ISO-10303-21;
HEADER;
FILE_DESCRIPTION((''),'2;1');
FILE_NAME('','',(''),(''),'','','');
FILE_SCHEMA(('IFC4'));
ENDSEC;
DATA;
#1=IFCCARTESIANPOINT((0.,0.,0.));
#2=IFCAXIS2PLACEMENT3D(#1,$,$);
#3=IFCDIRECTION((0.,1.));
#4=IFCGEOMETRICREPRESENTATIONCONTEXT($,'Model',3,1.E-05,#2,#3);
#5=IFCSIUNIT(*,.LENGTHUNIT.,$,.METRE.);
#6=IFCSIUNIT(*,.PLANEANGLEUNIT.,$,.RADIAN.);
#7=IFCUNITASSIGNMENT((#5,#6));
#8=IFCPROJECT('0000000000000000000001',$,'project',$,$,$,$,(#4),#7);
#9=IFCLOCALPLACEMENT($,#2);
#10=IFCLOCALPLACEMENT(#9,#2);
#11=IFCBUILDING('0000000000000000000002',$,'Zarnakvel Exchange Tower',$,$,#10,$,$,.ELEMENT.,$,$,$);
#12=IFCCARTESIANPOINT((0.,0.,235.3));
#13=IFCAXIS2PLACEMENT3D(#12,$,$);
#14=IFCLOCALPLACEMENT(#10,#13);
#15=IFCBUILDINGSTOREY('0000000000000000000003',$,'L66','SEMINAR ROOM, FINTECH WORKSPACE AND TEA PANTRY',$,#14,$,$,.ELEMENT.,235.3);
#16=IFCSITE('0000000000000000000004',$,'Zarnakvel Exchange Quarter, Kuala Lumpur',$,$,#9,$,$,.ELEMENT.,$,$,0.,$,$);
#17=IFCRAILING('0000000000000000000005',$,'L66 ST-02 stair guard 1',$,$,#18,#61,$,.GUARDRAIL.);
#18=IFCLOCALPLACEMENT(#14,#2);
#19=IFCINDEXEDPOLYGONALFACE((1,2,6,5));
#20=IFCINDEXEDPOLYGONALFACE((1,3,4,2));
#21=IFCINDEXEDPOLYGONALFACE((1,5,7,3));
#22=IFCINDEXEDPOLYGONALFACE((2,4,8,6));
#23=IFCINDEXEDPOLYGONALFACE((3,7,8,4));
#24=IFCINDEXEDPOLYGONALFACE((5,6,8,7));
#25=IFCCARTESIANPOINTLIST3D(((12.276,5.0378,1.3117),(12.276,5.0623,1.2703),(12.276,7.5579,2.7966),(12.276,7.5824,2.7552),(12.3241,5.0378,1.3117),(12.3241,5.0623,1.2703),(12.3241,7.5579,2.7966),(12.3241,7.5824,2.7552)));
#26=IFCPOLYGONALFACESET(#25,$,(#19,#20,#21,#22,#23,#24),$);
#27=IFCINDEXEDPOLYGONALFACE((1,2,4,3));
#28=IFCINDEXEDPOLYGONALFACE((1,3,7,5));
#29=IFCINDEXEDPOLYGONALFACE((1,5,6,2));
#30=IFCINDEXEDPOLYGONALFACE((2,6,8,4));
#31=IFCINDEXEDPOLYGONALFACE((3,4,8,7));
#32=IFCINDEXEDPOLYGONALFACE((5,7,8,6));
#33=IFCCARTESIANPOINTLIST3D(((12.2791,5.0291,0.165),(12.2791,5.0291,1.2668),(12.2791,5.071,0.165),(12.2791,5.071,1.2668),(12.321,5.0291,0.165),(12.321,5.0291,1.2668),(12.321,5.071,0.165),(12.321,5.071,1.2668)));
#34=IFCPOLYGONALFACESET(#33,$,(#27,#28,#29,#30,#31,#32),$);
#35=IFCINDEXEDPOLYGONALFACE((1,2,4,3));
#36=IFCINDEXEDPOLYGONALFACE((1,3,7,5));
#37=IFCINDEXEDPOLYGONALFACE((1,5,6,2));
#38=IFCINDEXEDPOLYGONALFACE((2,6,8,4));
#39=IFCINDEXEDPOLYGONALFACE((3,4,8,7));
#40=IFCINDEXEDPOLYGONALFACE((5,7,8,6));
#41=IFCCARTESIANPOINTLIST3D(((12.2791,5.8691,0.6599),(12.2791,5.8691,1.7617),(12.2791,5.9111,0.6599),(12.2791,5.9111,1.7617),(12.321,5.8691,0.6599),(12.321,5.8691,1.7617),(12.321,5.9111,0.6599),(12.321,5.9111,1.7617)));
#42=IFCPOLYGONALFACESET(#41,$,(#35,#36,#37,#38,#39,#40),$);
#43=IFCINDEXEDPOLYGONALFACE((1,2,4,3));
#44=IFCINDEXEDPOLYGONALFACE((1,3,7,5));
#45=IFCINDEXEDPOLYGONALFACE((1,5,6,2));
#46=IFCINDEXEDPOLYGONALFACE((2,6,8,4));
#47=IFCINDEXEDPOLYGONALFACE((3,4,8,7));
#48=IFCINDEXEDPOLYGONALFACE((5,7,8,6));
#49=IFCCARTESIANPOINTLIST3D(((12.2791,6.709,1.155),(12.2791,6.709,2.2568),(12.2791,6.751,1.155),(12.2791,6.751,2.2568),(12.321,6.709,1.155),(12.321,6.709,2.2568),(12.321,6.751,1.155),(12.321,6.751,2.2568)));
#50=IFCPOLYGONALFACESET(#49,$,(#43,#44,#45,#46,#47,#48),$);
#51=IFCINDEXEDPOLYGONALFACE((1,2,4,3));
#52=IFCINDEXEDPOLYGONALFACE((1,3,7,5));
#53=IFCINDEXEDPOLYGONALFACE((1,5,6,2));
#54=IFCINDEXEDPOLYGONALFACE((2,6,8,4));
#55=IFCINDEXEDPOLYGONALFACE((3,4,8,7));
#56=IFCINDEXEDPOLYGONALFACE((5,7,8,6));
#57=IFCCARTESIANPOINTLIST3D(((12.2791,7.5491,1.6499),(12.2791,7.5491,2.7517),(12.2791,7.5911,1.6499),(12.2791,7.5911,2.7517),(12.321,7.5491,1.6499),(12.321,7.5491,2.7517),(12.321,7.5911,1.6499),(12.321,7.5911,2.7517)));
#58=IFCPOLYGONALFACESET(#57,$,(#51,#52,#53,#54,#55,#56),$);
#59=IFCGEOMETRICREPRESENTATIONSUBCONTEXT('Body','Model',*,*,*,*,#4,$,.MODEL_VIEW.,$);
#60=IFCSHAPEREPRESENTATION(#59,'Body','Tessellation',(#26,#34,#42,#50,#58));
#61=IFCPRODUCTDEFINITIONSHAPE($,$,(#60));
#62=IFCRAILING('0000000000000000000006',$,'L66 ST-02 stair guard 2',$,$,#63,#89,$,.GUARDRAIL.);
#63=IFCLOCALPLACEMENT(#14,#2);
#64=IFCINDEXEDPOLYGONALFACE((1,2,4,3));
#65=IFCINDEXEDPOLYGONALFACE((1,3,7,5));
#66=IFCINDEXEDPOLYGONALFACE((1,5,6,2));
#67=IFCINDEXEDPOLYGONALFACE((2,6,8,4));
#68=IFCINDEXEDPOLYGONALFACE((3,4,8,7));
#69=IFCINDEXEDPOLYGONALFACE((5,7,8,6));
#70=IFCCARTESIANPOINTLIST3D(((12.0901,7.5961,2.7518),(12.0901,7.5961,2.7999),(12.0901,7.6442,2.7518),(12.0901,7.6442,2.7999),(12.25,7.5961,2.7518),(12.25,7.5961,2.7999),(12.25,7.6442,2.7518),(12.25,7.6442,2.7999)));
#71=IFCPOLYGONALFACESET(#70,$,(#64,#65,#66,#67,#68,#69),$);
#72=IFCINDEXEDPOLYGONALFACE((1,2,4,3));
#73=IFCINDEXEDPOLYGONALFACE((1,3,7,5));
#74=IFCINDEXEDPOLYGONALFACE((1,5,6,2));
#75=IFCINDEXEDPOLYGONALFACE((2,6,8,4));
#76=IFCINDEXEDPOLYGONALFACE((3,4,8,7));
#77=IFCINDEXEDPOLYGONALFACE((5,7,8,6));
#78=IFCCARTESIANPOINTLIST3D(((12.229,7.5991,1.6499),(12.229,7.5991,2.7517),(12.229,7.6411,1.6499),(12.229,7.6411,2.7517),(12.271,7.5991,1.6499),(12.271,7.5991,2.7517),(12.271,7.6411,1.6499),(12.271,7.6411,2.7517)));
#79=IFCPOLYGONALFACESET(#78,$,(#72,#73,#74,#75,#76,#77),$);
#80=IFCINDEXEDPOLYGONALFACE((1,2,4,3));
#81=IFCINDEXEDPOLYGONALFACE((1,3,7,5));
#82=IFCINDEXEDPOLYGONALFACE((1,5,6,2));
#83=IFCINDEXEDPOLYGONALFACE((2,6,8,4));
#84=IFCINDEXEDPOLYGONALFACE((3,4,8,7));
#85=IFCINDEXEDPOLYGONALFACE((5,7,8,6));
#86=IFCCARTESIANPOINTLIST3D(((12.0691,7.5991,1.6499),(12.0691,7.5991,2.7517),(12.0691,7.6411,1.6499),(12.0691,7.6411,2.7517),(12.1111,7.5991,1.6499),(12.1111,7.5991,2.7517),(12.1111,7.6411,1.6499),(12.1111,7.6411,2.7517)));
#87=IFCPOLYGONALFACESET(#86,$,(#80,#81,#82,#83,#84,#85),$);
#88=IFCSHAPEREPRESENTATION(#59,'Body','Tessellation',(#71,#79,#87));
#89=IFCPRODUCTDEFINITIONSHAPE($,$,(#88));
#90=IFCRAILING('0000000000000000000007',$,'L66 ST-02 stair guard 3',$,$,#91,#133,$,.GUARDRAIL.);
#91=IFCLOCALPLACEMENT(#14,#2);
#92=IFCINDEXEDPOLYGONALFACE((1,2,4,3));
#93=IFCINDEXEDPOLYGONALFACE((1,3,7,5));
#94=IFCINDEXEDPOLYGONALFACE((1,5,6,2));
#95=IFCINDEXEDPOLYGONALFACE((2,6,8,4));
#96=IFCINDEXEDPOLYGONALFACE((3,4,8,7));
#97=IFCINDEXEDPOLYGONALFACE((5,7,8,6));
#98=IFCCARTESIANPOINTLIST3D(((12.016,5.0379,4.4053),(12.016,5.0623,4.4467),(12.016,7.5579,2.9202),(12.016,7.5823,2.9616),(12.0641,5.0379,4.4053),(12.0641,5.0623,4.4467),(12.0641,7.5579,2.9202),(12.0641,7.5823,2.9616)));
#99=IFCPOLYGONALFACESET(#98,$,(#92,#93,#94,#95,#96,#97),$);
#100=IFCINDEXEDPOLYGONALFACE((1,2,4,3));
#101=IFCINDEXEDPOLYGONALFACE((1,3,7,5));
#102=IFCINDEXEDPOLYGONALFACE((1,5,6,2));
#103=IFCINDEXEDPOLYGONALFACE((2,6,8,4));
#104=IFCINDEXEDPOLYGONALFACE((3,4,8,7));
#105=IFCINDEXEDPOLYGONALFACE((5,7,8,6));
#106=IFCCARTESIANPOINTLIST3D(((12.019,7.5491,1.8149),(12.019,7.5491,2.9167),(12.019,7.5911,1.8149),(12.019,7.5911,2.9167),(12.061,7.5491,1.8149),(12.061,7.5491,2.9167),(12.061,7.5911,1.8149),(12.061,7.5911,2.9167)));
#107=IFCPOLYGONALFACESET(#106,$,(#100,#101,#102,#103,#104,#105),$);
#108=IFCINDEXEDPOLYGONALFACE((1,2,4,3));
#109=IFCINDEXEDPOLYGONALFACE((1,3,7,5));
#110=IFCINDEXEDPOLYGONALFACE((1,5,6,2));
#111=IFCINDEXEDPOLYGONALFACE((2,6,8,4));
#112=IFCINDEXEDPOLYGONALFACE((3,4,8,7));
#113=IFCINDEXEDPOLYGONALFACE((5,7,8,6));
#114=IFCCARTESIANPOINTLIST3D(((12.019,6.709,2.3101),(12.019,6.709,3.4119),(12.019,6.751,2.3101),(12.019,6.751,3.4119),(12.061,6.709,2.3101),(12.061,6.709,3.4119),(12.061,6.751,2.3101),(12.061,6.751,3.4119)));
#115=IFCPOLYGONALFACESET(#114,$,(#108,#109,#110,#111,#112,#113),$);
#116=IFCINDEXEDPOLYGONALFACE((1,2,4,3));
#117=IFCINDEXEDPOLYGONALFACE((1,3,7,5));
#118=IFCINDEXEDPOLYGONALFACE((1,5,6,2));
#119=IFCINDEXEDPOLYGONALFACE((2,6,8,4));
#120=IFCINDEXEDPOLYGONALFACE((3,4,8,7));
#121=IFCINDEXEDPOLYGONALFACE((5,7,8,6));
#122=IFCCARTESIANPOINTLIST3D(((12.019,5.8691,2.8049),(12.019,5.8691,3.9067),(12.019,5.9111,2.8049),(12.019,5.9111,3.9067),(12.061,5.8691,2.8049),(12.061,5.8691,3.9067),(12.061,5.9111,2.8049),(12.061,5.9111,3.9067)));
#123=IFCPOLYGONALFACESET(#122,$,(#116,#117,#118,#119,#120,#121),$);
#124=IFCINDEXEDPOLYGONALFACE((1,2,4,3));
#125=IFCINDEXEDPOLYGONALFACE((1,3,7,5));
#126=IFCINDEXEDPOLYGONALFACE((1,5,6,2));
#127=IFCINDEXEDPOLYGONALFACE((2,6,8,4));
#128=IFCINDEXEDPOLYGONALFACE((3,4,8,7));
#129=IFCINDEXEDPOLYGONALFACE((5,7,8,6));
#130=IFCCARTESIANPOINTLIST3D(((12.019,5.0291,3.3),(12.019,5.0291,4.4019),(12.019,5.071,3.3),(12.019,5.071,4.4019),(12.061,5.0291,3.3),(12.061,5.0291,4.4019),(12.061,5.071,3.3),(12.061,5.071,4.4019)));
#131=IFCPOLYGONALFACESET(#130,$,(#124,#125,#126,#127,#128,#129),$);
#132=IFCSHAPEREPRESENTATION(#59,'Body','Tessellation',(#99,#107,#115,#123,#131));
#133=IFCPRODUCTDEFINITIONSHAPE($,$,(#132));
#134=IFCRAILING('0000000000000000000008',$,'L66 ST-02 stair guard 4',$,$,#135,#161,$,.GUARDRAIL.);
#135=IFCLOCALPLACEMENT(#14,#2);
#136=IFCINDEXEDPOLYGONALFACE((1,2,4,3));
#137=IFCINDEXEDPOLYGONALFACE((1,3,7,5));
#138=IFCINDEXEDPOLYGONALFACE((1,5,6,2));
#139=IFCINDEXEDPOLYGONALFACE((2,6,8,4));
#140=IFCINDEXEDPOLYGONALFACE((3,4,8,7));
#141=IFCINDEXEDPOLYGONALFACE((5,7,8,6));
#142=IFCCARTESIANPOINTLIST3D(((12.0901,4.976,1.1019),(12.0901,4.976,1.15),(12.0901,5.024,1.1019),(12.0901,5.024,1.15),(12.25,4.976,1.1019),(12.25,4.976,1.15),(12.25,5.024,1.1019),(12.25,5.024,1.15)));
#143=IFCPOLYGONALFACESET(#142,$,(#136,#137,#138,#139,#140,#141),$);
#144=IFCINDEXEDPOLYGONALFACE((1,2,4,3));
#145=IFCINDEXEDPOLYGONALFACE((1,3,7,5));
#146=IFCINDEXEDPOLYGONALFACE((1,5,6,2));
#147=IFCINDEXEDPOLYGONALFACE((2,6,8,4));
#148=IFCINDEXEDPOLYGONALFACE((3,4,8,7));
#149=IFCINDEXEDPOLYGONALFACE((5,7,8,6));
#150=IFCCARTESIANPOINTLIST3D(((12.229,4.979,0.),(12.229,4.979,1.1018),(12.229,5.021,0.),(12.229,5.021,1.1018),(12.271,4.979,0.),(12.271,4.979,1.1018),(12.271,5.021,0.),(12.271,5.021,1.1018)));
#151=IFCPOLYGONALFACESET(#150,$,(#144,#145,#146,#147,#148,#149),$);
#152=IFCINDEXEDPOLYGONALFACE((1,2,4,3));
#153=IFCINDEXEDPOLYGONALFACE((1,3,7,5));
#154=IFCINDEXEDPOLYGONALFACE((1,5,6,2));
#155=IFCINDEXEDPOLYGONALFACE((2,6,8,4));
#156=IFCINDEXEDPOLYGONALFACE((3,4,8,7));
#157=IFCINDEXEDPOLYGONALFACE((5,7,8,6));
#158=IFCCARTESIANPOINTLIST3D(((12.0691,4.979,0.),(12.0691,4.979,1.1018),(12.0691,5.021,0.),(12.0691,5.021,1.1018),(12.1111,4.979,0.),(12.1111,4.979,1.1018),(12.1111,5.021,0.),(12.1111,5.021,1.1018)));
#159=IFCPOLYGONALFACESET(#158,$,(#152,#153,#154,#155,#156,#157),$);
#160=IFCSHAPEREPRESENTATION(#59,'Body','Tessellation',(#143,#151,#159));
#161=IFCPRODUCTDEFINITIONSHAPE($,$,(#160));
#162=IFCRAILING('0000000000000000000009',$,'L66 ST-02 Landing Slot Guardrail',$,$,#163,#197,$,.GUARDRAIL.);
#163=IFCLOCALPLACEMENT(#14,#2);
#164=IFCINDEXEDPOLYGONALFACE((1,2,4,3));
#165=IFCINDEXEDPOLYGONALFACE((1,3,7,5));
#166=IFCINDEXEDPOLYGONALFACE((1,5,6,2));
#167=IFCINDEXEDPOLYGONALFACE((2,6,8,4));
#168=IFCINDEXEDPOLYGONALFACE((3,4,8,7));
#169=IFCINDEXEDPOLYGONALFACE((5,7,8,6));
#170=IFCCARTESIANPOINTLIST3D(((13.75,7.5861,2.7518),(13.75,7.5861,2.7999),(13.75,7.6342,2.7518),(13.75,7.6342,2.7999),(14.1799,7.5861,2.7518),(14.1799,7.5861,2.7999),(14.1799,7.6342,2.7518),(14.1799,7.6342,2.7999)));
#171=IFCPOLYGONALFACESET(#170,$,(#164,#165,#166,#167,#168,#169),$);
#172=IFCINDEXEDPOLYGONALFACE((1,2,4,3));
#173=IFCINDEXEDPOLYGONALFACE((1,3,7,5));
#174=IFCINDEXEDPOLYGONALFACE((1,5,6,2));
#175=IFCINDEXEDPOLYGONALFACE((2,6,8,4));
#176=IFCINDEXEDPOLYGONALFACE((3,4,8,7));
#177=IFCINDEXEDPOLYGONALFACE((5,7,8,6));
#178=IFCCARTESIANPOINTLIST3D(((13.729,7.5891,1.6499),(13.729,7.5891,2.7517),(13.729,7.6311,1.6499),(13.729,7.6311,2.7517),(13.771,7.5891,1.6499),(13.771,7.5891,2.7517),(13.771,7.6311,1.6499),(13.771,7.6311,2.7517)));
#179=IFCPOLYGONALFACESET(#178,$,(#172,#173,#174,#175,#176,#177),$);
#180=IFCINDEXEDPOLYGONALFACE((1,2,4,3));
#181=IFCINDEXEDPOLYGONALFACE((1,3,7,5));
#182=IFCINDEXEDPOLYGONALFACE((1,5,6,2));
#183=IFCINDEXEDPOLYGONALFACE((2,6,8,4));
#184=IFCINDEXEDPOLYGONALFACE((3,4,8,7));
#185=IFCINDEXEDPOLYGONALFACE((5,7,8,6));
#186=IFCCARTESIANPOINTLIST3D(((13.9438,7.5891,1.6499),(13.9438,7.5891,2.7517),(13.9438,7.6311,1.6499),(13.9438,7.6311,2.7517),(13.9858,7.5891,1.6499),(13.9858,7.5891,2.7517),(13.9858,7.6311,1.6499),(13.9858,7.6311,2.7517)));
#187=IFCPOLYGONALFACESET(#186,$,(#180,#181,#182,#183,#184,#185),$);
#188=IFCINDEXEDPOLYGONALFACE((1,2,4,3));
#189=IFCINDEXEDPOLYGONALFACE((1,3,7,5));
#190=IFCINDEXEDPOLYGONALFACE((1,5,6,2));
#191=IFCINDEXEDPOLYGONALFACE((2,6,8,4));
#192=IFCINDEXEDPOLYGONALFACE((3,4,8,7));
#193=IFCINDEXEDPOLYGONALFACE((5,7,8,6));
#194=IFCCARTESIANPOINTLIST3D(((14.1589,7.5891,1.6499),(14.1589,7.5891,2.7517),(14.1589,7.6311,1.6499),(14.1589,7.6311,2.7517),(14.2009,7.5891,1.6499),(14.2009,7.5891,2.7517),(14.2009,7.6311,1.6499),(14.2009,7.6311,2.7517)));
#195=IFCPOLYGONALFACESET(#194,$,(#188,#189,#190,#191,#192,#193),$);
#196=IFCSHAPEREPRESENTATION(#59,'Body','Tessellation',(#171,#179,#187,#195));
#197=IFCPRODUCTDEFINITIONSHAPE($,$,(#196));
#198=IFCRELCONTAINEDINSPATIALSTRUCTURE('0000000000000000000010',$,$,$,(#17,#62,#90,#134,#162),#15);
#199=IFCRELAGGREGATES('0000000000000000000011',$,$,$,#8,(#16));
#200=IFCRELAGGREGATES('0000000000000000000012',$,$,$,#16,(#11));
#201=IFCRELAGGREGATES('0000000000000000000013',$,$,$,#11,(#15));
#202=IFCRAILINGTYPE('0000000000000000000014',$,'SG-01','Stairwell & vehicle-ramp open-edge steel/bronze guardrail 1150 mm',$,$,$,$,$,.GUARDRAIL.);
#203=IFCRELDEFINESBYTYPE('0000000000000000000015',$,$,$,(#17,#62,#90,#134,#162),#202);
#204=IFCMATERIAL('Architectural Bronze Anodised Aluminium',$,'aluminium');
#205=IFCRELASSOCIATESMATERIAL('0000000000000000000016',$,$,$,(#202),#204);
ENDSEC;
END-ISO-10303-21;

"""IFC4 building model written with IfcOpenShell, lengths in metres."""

from ifc_helpers import new_model, si_unit, direction, frame, origin, origin_2d, place, context, subcontext, project, spatial, rectangle, extrude, material, type_object, element, save


model = new_model("IFC4")

# Units and contexts
model_context = context("Model", 3, precision=1e-05, world=origin(), true_north=direction((0.0, 1.0)))
body_context = subcontext(model_context, "Body", "Model", "MODEL_VIEW")
ifc_project = project(units=[si_unit("LENGTHUNIT", "METRE"), si_unit("PLANEANGLEUNIT", "RADIAN")], contexts=[model_context])

# Site, building, storey
site_placement = place(None, origin())
site = spatial("IfcSite", under=ifc_project, at=site_placement, Name="Zarnakvel Exchange Quarter, Kuala Lumpur", CompositionType="ELEMENT", RefElevation=0.0)
building_placement = place(site_placement, origin())
building = spatial("IfcBuilding", under=site, at=building_placement, Name="Zarnakvel Exchange Tower", CompositionType="ELEMENT")
storey_placement = place(building_placement, frame((0.0, 0.0, 235.3)))
storey = spatial("IfcBuildingStorey", under=building, at=storey_placement, Name="L66", Description="SEMINAR ROOM, FINTECH WORKSPACE AND TEA PANTRY", CompositionType="ELEMENT", Elevation=235.3)

# Shared definitions
ifc_material_1 = material(Name="Architectural Bronze Anodised Aluminium", Category="aluminium")

# Railings
railing_type_1 = type_object("IfcRailingType", Name="SG-01", Description="Stairwell & vehicle-ramp open-edge steel/bronze guardrail 1150 mm", PredefinedType="GUARDRAIL", material=ifc_material_1)
railing_1_placement = place(storey_placement, frame((12.3, 5.05, 0.165)))
element("IfcRailing", 1, at=railing_1_placement, inside=storey, type_object=railing_type_1, Name="L66 ST-02 stair guard 1", PredefinedType="GUARDRAIL", context=body_context, shape_type="SweptSolid", body=[
    extrude(rectangle(XDim=0.0481, YDim=0.0481, at=origin_2d()), frame((0.0, 0.0, 1.126), z_axis=(0.0, 0.861561, 0.507655), x_axis=(-1.0, 0.0, 0.0)), (0.0, 0.0, 1.0), 2.925),
    extrude(rectangle(XDim=0.042, YDim=0.042, at=origin_2d()), origin(), (0.0, 0.0, 1.0), 1.1018),
    extrude(rectangle(XDim=0.042, YDim=0.042, at=origin_2d()), frame((0.0, 0.8401, 0.4949)), (0.0, 0.0, 1.0), 1.1018),
    extrude(rectangle(XDim=0.042, YDim=0.042, at=origin_2d()), frame((0.0, 1.6799, 0.99)), (0.0, 0.0, 1.0), 1.1018),
    extrude(rectangle(XDim=0.042, YDim=0.042, at=origin_2d()), frame((0.0, 2.52, 1.4849)), (0.0, 0.0, 1.0), 1.1018),
])
railing_2_placement = place(storey_placement, frame((12.25, 7.6201, 1.6499)))
element("IfcRailing", 2, at=railing_2_placement, inside=storey, type_object=railing_type_1, Name="L66 ST-02 stair guard 2", PredefinedType="GUARDRAIL", context=body_context, shape_type="SweptSolid", body=[
    extrude(rectangle(XDim=0.0481, YDim=0.0481, at=origin_2d()), frame((0.0, 0.0, 1.126), z_axis=(-1.0, 0.0, 0.0), x_axis=(0.0, -1.0, 0.0)), (0.0, 0.0, 1.0), 0.1599),
    extrude(rectangle(XDim=0.042, YDim=0.042, at=origin_2d()), origin(), (0.0, 0.0, 1.0), 1.1018),
    extrude(rectangle(XDim=0.042, YDim=0.042, at=origin_2d()), frame((-0.1599, 0.0, 0.0)), (0.0, 0.0, 1.0), 1.1018),
])
railing_3_placement = place(storey_placement, frame((12.04, 7.5701, 1.8149)))
element("IfcRailing", 3, at=railing_3_placement, inside=storey, type_object=railing_type_1, Name="L66 ST-02 stair guard 3", PredefinedType="GUARDRAIL", context=body_context, shape_type="SweptSolid", body=[
    extrude(rectangle(XDim=0.0481, YDim=0.0481, at=origin_2d()), frame((0.0, 0.0, 1.126), z_axis=(0.0, -0.861524, 0.507717), x_axis=(1.0, 0.0, 0.0)), (0.0, 0.0, 1.0), 2.925),
    extrude(rectangle(XDim=0.042, YDim=0.042, at=origin_2d()), origin(), (0.0, 0.0, 1.0), 1.1018),
    extrude(rectangle(XDim=0.042, YDim=0.042, at=origin_2d()), frame((0.0, -0.8401, 0.4951)), (0.0, 0.0, 1.0), 1.1018),
    extrude(rectangle(XDim=0.042, YDim=0.042, at=origin_2d()), frame((0.0, -1.6799, 0.99)), (0.0, 0.0, 1.0), 1.1018),
    extrude(rectangle(XDim=0.042, YDim=0.042, at=origin_2d()), frame((0.0, -2.52, 1.4851)), (0.0, 0.0, 1.0), 1.1018),
])
railing_4_placement = place(storey_placement, frame((12.25, 5.0, 0.0)))
element("IfcRailing", 4, at=railing_4_placement, inside=storey, type_object=railing_type_1, Name="L66 ST-02 stair guard 4", PredefinedType="GUARDRAIL", context=body_context, shape_type="SweptSolid", body=[
    extrude(rectangle(XDim=0.0481, YDim=0.0481, at=origin_2d()), frame((0.0, 0.0, 1.126), z_axis=(-1.0, 0.0, 0.0), x_axis=(0.0, -1.0, 0.0)), (0.0, 0.0, 1.0), 0.1599),
    extrude(rectangle(XDim=0.042, YDim=0.042, at=origin_2d()), origin(), (0.0, 0.0, 1.0), 1.1018),
    extrude(rectangle(XDim=0.042, YDim=0.042, at=origin_2d()), frame((-0.1599, 0.0, 0.0)), (0.0, 0.0, 1.0), 1.1018),
])
railing_5_placement = place(storey_placement, frame((13.75, 7.6101, 1.6499)))
element("IfcRailing", 5, at=railing_5_placement, inside=storey, type_object=railing_type_1, Name="L66 ST-02 Landing Slot Guardrail", PredefinedType="GUARDRAIL", context=body_context, shape_type="SweptSolid", body=[
    extrude(rectangle(XDim=0.0481, YDim=0.0481, at=origin_2d()), frame((0.0, 0.0, 1.126), z_axis=(1.0, 0.0, 0.0), x_axis=(0.0, 1.0, 0.0)), (0.0, 0.0, 1.0), 0.4299),
    extrude(rectangle(XDim=0.042, YDim=0.042, at=origin_2d()), origin(), (0.0, 0.0, 1.0), 1.1018),
    extrude(rectangle(XDim=0.042, YDim=0.042, at=origin_2d()), frame((0.2148, 0.0, 0.0)), (0.0, 0.0, 1.0), 1.1018),
    extrude(rectangle(XDim=0.042, YDim=0.042, at=origin_2d()), frame((0.4299, 0.0, 0.0)), (0.0, 0.0, 1.0), 1.1018),
])

save(model, "model.ifc")
